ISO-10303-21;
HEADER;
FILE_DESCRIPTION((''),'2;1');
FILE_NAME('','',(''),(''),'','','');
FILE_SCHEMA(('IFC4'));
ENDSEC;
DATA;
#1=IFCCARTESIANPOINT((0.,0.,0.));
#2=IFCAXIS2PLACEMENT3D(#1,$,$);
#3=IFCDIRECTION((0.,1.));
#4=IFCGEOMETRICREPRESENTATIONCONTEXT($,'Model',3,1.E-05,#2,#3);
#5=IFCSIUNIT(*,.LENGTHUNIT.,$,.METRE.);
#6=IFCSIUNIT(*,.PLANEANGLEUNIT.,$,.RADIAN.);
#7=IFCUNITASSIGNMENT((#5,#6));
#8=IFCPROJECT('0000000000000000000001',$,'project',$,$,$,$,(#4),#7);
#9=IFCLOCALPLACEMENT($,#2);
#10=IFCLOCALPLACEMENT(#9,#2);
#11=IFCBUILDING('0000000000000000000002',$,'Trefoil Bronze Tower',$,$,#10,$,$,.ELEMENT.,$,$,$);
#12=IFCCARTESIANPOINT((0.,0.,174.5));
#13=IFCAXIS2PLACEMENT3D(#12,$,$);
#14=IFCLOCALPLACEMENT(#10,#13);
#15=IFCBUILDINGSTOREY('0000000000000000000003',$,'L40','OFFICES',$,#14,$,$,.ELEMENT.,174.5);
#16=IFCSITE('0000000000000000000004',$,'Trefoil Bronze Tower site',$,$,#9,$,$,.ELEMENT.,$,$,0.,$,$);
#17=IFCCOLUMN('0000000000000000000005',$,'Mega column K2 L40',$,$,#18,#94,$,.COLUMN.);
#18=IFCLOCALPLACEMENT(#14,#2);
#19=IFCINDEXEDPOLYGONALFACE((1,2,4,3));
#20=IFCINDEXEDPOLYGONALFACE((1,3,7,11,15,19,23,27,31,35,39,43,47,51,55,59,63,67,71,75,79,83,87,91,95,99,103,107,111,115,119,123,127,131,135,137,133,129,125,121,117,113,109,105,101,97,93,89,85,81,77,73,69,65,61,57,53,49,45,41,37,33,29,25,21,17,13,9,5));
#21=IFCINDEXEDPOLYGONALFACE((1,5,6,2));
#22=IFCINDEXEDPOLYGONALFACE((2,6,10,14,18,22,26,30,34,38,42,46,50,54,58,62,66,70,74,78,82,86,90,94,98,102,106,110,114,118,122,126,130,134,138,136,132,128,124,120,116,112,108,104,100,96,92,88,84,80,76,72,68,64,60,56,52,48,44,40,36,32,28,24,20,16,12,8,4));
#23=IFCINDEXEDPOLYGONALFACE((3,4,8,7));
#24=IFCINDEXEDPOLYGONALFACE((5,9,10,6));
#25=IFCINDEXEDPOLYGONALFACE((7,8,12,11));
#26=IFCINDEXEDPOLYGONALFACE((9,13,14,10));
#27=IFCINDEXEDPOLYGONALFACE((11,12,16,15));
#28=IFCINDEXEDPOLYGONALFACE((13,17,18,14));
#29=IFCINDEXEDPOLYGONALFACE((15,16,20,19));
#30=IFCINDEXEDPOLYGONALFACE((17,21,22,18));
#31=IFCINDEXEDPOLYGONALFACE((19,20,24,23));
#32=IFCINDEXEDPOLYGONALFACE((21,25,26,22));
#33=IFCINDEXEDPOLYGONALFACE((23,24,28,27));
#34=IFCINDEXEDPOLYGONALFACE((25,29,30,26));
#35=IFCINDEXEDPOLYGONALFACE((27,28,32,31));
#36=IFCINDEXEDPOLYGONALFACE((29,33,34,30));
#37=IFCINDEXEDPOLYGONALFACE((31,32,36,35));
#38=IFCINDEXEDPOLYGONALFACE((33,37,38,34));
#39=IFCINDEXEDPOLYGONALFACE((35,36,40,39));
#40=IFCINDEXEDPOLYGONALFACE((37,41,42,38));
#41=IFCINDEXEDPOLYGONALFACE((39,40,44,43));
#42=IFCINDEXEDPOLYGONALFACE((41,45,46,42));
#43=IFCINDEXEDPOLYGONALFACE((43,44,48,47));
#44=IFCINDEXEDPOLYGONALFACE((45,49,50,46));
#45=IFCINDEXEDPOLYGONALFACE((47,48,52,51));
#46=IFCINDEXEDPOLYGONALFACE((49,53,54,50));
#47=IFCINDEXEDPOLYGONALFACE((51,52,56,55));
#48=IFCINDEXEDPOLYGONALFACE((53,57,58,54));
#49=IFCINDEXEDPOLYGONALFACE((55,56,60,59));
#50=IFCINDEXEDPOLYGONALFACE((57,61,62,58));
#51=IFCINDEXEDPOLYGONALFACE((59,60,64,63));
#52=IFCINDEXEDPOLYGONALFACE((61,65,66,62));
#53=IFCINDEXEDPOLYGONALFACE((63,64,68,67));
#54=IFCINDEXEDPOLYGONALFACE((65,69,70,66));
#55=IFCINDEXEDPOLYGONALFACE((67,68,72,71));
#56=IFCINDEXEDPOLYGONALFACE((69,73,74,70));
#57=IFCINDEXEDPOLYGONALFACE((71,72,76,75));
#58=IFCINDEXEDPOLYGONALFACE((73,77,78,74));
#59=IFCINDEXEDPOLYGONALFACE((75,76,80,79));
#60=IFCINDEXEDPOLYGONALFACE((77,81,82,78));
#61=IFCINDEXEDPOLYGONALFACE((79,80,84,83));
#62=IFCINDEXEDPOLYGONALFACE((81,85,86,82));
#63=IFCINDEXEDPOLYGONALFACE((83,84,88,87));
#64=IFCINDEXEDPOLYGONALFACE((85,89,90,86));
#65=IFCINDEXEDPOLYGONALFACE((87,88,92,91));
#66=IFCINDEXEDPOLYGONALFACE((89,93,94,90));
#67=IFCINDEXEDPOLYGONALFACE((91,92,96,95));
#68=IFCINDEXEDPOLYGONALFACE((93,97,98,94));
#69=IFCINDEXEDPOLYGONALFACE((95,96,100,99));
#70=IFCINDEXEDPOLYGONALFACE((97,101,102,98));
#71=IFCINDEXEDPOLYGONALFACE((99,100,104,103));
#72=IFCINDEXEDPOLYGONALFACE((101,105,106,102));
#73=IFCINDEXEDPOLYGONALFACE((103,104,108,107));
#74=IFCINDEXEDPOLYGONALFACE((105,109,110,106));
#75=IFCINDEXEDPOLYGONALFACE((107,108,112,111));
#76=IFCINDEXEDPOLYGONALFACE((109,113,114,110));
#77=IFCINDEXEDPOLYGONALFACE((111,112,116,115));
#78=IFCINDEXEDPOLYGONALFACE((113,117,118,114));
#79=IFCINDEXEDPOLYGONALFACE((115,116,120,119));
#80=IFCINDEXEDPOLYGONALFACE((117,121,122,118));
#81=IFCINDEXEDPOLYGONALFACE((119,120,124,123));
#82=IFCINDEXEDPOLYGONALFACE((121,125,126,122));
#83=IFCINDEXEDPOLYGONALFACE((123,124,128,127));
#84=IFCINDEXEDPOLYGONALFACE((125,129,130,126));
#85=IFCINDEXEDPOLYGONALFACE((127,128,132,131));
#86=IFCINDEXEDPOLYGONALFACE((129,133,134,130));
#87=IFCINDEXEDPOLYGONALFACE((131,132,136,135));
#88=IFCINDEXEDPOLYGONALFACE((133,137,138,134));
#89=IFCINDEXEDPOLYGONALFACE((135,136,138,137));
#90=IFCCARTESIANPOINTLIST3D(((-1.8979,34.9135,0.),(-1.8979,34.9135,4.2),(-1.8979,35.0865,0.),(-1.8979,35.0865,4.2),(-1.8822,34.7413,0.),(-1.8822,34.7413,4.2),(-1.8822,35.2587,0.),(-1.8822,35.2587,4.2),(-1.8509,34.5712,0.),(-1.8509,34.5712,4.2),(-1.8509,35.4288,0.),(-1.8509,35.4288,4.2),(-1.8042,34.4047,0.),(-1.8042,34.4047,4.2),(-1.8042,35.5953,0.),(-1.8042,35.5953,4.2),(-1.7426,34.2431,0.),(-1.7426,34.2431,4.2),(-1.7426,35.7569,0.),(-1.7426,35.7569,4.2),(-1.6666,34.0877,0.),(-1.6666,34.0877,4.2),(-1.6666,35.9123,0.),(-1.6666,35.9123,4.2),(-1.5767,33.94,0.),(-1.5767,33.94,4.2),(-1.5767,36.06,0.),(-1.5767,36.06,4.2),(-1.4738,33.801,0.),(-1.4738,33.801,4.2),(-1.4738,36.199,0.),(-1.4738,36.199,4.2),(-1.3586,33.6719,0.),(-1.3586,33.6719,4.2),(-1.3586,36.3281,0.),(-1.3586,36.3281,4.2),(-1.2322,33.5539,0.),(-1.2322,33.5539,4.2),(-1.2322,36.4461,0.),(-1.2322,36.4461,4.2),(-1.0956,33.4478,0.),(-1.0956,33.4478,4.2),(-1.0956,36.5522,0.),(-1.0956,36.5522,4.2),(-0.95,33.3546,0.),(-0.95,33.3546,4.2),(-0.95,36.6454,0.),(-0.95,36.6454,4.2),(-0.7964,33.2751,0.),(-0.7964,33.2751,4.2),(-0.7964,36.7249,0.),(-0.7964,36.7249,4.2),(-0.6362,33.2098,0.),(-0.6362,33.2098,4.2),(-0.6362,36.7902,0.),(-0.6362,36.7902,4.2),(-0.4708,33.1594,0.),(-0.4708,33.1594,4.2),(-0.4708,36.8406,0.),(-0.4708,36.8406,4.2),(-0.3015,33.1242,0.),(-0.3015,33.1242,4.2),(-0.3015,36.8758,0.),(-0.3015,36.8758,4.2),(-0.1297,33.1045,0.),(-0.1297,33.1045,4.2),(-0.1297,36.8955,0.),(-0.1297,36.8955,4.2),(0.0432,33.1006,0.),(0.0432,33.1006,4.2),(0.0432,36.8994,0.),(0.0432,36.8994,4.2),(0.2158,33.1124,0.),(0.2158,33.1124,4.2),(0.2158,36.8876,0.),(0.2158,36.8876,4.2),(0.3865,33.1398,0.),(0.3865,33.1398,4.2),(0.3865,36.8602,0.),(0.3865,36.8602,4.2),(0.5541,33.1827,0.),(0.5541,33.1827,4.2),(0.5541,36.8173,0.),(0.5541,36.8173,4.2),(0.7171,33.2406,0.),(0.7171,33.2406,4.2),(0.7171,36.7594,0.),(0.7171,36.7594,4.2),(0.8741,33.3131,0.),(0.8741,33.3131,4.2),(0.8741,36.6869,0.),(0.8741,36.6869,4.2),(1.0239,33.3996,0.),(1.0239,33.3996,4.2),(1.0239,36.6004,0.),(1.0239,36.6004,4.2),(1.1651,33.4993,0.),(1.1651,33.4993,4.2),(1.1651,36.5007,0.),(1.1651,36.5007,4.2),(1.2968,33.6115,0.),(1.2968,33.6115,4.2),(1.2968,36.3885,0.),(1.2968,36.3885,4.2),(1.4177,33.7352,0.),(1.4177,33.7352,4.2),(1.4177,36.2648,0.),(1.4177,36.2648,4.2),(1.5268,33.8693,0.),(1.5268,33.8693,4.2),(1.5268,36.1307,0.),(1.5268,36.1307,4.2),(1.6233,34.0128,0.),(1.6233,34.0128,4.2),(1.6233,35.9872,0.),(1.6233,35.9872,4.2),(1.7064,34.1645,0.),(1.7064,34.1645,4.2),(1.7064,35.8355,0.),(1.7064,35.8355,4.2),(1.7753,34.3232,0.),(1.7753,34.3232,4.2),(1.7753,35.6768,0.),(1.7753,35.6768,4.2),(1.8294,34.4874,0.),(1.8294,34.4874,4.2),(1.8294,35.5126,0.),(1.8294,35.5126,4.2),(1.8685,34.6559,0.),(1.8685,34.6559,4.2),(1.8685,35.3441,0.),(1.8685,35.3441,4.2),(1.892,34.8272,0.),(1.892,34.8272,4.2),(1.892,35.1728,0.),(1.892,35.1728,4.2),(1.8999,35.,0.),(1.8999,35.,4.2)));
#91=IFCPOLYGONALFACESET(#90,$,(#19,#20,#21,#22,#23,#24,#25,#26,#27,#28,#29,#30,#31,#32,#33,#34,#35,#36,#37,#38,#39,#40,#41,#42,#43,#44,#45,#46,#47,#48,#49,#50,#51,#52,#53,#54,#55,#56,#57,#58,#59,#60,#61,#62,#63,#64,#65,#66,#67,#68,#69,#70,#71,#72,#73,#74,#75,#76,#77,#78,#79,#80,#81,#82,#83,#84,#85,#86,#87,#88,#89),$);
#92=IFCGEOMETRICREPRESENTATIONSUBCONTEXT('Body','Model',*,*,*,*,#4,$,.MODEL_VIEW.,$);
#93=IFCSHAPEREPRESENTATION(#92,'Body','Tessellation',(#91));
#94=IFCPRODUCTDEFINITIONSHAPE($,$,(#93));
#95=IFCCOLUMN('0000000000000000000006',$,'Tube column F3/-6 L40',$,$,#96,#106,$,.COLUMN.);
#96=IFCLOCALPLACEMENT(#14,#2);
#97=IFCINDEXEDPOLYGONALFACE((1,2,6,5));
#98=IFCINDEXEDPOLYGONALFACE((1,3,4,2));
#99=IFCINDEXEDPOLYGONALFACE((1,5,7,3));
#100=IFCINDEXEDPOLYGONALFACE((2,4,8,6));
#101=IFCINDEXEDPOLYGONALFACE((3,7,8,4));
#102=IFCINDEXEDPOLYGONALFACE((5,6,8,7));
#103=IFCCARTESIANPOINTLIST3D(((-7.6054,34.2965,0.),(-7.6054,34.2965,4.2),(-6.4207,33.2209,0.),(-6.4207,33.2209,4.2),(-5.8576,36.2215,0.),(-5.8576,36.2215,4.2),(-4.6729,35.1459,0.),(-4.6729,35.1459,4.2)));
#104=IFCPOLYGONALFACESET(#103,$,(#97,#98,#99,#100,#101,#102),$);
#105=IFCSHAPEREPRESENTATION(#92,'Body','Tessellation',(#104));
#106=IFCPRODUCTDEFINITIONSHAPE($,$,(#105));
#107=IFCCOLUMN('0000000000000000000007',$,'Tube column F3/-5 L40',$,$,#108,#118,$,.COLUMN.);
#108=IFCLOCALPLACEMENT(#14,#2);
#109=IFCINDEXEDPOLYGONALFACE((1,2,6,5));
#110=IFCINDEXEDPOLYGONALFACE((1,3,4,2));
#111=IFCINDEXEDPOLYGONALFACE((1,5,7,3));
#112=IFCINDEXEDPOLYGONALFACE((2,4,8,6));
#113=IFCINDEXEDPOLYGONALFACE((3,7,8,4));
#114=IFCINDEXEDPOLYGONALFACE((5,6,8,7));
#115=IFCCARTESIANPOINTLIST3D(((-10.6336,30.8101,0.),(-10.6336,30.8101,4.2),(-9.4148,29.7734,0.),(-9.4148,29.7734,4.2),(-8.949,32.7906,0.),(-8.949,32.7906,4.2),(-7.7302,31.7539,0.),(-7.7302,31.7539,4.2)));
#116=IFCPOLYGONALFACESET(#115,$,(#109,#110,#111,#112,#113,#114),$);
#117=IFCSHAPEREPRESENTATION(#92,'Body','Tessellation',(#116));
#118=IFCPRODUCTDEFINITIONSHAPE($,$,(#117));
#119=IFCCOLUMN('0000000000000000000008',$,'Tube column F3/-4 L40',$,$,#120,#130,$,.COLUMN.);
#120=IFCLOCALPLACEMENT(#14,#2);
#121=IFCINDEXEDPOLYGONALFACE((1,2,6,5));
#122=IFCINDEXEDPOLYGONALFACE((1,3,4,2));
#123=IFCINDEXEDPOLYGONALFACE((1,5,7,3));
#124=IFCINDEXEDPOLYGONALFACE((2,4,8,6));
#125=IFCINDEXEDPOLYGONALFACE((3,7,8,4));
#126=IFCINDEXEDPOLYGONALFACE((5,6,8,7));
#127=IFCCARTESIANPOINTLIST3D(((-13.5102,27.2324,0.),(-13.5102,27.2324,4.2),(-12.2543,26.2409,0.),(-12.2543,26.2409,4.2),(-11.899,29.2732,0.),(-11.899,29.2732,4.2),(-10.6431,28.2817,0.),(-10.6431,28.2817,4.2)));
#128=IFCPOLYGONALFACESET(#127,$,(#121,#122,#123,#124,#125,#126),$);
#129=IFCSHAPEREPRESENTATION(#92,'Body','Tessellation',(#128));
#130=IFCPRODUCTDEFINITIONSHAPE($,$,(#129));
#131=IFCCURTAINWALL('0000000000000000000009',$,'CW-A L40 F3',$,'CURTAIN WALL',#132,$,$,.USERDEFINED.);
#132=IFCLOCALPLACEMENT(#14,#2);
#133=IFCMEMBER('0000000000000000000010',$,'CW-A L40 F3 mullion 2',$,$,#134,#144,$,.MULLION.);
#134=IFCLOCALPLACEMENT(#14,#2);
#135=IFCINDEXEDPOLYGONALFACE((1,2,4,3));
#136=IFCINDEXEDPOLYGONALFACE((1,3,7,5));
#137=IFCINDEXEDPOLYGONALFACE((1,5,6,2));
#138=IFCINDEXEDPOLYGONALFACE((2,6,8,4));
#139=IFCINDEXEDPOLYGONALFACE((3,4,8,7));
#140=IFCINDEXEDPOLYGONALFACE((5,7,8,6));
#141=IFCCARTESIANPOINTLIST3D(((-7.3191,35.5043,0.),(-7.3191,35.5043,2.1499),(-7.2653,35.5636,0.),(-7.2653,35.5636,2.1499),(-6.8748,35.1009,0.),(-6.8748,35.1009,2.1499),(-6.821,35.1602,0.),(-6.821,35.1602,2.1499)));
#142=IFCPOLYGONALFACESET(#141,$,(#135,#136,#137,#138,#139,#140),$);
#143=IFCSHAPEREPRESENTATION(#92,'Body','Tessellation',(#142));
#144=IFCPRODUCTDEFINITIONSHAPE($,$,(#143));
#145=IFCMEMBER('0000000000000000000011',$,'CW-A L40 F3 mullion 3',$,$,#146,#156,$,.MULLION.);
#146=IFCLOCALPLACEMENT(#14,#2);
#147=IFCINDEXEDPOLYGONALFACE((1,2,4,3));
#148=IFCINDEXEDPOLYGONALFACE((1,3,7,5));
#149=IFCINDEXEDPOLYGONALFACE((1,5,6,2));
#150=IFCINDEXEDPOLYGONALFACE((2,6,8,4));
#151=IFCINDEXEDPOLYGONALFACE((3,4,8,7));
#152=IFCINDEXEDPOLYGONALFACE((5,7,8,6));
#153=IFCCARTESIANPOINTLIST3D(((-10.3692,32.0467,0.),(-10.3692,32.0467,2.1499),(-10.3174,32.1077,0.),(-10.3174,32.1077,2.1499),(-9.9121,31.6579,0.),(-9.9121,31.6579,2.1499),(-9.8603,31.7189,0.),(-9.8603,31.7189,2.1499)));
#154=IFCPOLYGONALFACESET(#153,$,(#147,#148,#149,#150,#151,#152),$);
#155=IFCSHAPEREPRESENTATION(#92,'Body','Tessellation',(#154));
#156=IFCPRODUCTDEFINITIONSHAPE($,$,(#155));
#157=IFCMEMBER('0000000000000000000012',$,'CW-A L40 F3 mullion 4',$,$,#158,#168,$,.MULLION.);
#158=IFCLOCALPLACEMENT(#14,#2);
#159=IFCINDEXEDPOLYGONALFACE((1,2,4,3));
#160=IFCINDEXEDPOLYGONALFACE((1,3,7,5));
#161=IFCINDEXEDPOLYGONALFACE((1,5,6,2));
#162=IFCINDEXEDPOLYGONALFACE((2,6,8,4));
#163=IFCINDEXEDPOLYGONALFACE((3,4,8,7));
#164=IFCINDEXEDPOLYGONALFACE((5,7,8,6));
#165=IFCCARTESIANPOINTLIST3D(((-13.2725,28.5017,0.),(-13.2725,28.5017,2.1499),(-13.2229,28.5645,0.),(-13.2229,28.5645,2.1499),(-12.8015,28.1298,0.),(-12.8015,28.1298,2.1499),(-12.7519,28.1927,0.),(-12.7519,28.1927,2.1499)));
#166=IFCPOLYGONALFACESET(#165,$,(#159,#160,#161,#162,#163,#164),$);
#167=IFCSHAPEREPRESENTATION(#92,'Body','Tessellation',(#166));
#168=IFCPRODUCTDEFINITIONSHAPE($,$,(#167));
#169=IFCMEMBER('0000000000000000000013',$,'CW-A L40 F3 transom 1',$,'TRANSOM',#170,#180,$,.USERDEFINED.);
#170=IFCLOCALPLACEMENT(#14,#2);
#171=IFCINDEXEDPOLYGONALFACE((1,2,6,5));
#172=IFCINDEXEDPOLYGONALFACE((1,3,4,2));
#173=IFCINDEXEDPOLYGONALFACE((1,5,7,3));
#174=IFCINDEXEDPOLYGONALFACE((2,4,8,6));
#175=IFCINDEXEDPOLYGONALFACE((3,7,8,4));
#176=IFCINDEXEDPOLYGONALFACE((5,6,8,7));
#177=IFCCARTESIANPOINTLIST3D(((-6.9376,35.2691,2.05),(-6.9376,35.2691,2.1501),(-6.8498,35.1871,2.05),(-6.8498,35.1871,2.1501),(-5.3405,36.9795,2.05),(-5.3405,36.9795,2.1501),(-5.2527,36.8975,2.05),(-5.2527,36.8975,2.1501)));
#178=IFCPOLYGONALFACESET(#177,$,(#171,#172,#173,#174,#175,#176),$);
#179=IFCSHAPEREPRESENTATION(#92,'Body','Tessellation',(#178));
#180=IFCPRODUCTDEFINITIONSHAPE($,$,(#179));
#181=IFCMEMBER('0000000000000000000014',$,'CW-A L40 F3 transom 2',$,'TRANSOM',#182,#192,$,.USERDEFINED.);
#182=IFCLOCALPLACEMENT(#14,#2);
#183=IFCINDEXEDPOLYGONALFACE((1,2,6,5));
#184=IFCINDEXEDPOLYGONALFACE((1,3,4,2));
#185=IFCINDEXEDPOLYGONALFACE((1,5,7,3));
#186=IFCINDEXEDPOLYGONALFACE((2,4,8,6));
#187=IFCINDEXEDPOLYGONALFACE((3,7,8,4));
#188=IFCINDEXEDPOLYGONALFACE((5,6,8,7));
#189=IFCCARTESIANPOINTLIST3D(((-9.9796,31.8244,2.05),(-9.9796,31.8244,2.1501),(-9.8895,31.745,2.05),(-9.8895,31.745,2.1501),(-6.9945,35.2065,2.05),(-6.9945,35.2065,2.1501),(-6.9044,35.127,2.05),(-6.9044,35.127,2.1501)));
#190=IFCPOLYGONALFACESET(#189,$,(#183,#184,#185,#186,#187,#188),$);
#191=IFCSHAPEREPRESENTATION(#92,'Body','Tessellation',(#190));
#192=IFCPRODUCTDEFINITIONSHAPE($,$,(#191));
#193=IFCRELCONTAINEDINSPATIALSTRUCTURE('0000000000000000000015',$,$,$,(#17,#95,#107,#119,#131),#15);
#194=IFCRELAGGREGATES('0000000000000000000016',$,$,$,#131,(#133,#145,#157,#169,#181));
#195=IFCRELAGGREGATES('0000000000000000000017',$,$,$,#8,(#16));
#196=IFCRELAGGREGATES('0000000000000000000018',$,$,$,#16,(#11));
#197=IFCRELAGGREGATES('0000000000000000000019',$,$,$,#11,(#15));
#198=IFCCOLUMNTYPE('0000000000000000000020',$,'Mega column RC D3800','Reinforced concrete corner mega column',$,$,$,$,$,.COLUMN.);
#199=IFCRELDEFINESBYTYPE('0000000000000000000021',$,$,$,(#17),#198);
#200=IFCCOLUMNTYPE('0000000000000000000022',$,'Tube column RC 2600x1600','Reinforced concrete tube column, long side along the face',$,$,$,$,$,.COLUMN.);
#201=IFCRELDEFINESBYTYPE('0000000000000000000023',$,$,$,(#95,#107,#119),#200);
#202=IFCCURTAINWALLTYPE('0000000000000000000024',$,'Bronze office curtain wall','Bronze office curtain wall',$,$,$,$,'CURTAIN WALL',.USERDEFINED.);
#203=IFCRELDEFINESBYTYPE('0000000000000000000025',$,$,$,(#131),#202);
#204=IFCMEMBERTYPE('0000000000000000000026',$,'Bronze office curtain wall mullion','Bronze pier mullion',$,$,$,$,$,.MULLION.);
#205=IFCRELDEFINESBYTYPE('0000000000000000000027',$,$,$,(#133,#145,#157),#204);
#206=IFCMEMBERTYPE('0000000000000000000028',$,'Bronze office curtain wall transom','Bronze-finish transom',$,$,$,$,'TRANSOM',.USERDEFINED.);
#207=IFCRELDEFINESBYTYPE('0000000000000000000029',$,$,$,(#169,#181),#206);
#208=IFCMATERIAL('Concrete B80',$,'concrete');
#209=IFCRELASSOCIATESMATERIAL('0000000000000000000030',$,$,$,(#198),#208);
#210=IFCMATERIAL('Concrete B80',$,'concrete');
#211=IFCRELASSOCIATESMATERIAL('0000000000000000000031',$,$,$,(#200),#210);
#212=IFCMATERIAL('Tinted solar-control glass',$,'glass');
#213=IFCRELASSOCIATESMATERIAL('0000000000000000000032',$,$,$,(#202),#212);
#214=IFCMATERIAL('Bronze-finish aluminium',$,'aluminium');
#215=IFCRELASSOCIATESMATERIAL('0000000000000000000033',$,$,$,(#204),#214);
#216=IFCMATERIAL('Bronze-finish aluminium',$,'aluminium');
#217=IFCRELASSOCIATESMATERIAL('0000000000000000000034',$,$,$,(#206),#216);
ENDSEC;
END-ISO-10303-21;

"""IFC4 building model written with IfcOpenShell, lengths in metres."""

from ifc_helpers import new_model, si_unit, direction, frame, origin, origin_2d, place, context, subcontext, project, spatial, rectangle, circle, extrude, material, material_profile, profile_set, type_object, element, aggregate, save


model = new_model("IFC4")

# Units and contexts
model_context = context("Model", 3, precision=1e-05, world=origin(), true_north=direction((0.0, 1.0)))
body_context = subcontext(model_context, "Body", "Model", "MODEL_VIEW")
ifc_project = project(units=[si_unit("LENGTHUNIT", "METRE"), si_unit("PLANEANGLEUNIT", "RADIAN")], contexts=[model_context])

# Site, building, storey
site_placement = place(None, origin())
site = spatial("IfcSite", under=ifc_project, at=site_placement, Name="Trefoil Bronze Tower site", CompositionType="ELEMENT", RefElevation=0.0)
building_placement = place(site_placement, origin())
building = spatial("IfcBuilding", under=site, at=building_placement, Name="Trefoil Bronze Tower", CompositionType="ELEMENT")
storey_placement = place(building_placement, frame((0.0, 0.0, 174.5)))
storey = spatial("IfcBuildingStorey", under=building, at=storey_placement, Name="L40", Description="OFFICES", CompositionType="ELEMENT", Elevation=174.5)

# Columns
ifc_material_1 = material(Name="Concrete B80", Category="concrete")
ifc_material_profile_1 = material_profile(ifc_material_1, circle(Radius=1.8999, at=origin_2d()), Name="RC D3800")
ifc_profile_set_1 = profile_set([ifc_material_profile_1], Name="Concrete B80")
column_type_1 = type_object("IfcColumnType", Name="Mega column RC D3800", Description="Reinforced concrete corner mega column", PredefinedType="COLUMN", material=ifc_profile_set_1)
column_placement = place(storey_placement, frame((0.0, 35.0, 0.0), z_axis=(0.0, 0.0, 1.0), x_axis=(1.0, 0.0, 0.0)))
element("IfcColumn", 1, at=column_placement, inside=storey, type_object=column_type_1, Name="Mega column K2 L40", PredefinedType="COLUMN", context=body_context, shape_type="SweptSolid", body=[
    extrude(circle(Radius=1.8999, at=origin_2d()), origin(), (0.0, 0.0, 1.0), 4.2),
])
ifc_material_2 = material(Name="Concrete B80", Category="concrete")
ifc_material_profile_2 = material_profile(ifc_material_2, rectangle(XDim=2.6001, YDim=1.6001, at=origin_2d()), Name="RC 2600x1600")
ifc_profile_set_2 = profile_set([ifc_material_profile_2], Name="Concrete B80")
column_type_2 = type_object("IfcColumnType", Name="Tube column RC 2600x1600", Description="Reinforced concrete tube column, long side along the face", PredefinedType="COLUMN", material=ifc_profile_set_2)
for number, where, z_axis, x_axis, name in (
    (2, (-6.1392, 34.7212, 0.0), (0.0, 0.0, 1.0), (-0.67221, -0.740361, 0.0), "Tube column F3/-6 L40"),
    (3, (-9.1819, 31.282, 0.0), (0.0, 0.0, 1.0), (-0.647904, -0.761722, 0.0), "Tube column F3/-5 L40"),
    (4, (-12.0767, 27.7571, 0.0), (0.0, 0.0, 1.0), (-0.619649, -0.784879, 0.0), "Tube column F3/-4 L40"),
):
    element("IfcColumn", number, at=place(storey_placement, frame(where, z_axis=z_axis, x_axis=x_axis)), inside=storey, type_object=column_type_2, Name=name, PredefinedType="COLUMN", context=body_context, shape_type="SweptSolid", body=[
        extrude(rectangle(XDim=2.6001, YDim=1.6001, at=origin_2d()), origin(), (0.0, 0.0, 1.0), 4.2),
    ])

# Curtain wall, members
ifc_material_3 = material(Name="Tinted solar-control glass", Category="glass")
curtain_wall_type_1 = type_object("IfcCurtainWallType", Name="Bronze office curtain wall", Description="Bronze office curtain wall", ElementType="CURTAIN WALL", PredefinedType="USERDEFINED", material=ifc_material_3)
curtain_wall_1_placement = place(storey_placement, origin())
curtain_wall_1 = element("IfcCurtainWall", 5, at=curtain_wall_1_placement, inside=storey, type_object=curtain_wall_type_1, Name="CW-A L40 F3", ObjectType="CURTAIN WALL", PredefinedType="USERDEFINED")
ifc_material_4 = material(Name="Bronze-finish aluminium", Category="aluminium")
ifc_material_profile_3 = material_profile(ifc_material_4, rectangle(XDim=0.6001, YDim=0.0801, at=origin_2d()), Name="CW-A mullion")
ifc_profile_set_3 = profile_set([ifc_material_profile_3], Name="Bronze-finish aluminium")
member_type_1 = type_object("IfcMemberType", Name="Bronze office curtain wall mullion", Description="Bronze pier mullion", PredefinedType="MULLION", material=ifc_profile_set_3)
member_1_placement = place(storey_placement, frame((-7.0701, 35.3323, 0.0), z_axis=(0.0, 0.0, 1.0), x_axis=(0.740361, -0.67221, 0.0)))
member_1 = element("IfcMember", 6, at=member_1_placement, type_object=member_type_1, Name="CW-A L40 F3 mullion 2", PredefinedType="MULLION", context=body_context, shape_type="SweptSolid", body=[
    extrude(rectangle(XDim=0.6001, YDim=0.0801, at=origin_2d()), origin(), (0.0, 0.0, 1.0), 2.1499),
])
member_2_placement = place(storey_placement, frame((-10.1147, 31.8828, 0.0), z_axis=(0.0, 0.0, 1.0), x_axis=(0.761722, -0.647904, 0.0)))
member_2 = element("IfcMember", 7, at=member_2_placement, type_object=member_type_1, Name="CW-A L40 F3 mullion 3", PredefinedType="MULLION", context=body_context, shape_type="SweptSolid", body=[
    extrude(rectangle(XDim=0.6001, YDim=0.0801, at=origin_2d()), origin(), (0.0, 0.0, 1.0), 2.1499),
])
member_3_placement = place(storey_placement, frame((-13.0122, 28.3472, 0.0), z_axis=(0.0, 0.0, 1.0), x_axis=(0.784879, -0.619649, 0.0)))
member_3 = element("IfcMember", 8, at=member_3_placement, type_object=member_type_1, Name="CW-A L40 F3 mullion 4", PredefinedType="MULLION", context=body_context, shape_type="SweptSolid", body=[
    extrude(rectangle(XDim=0.6001, YDim=0.0801, at=origin_2d()), origin(), (0.0, 0.0, 1.0), 2.1499),
])
ifc_material_5 = material(Name="Bronze-finish aluminium", Category="aluminium")
ifc_material_profile_4 = material_profile(ifc_material_5, rectangle(XDim=0.1201, YDim=0.1001, at=origin_2d()), Name="CW-A transom")
ifc_profile_set_4 = profile_set([ifc_material_profile_4], Name="Bronze-finish aluminium")
member_type_2 = type_object("IfcMemberType", Name="Bronze office curtain wall transom", Description="Bronze-finish transom", ElementType="TRANSOM", PredefinedType="USERDEFINED", material=ifc_profile_set_4)
member_4_placement = place(storey_placement, frame((-5.2966, 36.9385, 2.1001), z_axis=(-0.682489, -0.730896, 0.0), x_axis=(0.730896, -0.682489, 0.0)))
member_4 = element("IfcMember", 9, at=member_4_placement, type_object=member_type_2, Name="CW-A L40 F3 transom 1", ObjectType="TRANSOM", PredefinedType="USERDEFINED", context=body_context, shape_type="SweptSolid", body=[
    extrude(rectangle(XDim=0.1201, YDim=0.1001, at=origin_2d()), origin(), (0.0, 0.0, 1.0), 2.3401),
])
member_5_placement = place(storey_placement, frame((-6.9495, 35.1667, 2.1001), z_axis=(-0.661736, -0.749737, 0.0), x_axis=(0.749737, -0.661736, 0.0)))
member_5 = element("IfcMember", 10, at=member_5_placement, type_object=member_type_2, Name="CW-A L40 F3 transom 2", ObjectType="TRANSOM", PredefinedType="USERDEFINED", context=body_context, shape_type="SweptSolid", body=[
    extrude(rectangle(XDim=0.1201, YDim=0.1001, at=origin_2d()), origin(), (0.0, 0.0, 1.0), 4.511),
])

aggregate(curtain_wall_1, [member_1, member_2, member_3, member_4, member_5])

save(model, "model.ifc")
